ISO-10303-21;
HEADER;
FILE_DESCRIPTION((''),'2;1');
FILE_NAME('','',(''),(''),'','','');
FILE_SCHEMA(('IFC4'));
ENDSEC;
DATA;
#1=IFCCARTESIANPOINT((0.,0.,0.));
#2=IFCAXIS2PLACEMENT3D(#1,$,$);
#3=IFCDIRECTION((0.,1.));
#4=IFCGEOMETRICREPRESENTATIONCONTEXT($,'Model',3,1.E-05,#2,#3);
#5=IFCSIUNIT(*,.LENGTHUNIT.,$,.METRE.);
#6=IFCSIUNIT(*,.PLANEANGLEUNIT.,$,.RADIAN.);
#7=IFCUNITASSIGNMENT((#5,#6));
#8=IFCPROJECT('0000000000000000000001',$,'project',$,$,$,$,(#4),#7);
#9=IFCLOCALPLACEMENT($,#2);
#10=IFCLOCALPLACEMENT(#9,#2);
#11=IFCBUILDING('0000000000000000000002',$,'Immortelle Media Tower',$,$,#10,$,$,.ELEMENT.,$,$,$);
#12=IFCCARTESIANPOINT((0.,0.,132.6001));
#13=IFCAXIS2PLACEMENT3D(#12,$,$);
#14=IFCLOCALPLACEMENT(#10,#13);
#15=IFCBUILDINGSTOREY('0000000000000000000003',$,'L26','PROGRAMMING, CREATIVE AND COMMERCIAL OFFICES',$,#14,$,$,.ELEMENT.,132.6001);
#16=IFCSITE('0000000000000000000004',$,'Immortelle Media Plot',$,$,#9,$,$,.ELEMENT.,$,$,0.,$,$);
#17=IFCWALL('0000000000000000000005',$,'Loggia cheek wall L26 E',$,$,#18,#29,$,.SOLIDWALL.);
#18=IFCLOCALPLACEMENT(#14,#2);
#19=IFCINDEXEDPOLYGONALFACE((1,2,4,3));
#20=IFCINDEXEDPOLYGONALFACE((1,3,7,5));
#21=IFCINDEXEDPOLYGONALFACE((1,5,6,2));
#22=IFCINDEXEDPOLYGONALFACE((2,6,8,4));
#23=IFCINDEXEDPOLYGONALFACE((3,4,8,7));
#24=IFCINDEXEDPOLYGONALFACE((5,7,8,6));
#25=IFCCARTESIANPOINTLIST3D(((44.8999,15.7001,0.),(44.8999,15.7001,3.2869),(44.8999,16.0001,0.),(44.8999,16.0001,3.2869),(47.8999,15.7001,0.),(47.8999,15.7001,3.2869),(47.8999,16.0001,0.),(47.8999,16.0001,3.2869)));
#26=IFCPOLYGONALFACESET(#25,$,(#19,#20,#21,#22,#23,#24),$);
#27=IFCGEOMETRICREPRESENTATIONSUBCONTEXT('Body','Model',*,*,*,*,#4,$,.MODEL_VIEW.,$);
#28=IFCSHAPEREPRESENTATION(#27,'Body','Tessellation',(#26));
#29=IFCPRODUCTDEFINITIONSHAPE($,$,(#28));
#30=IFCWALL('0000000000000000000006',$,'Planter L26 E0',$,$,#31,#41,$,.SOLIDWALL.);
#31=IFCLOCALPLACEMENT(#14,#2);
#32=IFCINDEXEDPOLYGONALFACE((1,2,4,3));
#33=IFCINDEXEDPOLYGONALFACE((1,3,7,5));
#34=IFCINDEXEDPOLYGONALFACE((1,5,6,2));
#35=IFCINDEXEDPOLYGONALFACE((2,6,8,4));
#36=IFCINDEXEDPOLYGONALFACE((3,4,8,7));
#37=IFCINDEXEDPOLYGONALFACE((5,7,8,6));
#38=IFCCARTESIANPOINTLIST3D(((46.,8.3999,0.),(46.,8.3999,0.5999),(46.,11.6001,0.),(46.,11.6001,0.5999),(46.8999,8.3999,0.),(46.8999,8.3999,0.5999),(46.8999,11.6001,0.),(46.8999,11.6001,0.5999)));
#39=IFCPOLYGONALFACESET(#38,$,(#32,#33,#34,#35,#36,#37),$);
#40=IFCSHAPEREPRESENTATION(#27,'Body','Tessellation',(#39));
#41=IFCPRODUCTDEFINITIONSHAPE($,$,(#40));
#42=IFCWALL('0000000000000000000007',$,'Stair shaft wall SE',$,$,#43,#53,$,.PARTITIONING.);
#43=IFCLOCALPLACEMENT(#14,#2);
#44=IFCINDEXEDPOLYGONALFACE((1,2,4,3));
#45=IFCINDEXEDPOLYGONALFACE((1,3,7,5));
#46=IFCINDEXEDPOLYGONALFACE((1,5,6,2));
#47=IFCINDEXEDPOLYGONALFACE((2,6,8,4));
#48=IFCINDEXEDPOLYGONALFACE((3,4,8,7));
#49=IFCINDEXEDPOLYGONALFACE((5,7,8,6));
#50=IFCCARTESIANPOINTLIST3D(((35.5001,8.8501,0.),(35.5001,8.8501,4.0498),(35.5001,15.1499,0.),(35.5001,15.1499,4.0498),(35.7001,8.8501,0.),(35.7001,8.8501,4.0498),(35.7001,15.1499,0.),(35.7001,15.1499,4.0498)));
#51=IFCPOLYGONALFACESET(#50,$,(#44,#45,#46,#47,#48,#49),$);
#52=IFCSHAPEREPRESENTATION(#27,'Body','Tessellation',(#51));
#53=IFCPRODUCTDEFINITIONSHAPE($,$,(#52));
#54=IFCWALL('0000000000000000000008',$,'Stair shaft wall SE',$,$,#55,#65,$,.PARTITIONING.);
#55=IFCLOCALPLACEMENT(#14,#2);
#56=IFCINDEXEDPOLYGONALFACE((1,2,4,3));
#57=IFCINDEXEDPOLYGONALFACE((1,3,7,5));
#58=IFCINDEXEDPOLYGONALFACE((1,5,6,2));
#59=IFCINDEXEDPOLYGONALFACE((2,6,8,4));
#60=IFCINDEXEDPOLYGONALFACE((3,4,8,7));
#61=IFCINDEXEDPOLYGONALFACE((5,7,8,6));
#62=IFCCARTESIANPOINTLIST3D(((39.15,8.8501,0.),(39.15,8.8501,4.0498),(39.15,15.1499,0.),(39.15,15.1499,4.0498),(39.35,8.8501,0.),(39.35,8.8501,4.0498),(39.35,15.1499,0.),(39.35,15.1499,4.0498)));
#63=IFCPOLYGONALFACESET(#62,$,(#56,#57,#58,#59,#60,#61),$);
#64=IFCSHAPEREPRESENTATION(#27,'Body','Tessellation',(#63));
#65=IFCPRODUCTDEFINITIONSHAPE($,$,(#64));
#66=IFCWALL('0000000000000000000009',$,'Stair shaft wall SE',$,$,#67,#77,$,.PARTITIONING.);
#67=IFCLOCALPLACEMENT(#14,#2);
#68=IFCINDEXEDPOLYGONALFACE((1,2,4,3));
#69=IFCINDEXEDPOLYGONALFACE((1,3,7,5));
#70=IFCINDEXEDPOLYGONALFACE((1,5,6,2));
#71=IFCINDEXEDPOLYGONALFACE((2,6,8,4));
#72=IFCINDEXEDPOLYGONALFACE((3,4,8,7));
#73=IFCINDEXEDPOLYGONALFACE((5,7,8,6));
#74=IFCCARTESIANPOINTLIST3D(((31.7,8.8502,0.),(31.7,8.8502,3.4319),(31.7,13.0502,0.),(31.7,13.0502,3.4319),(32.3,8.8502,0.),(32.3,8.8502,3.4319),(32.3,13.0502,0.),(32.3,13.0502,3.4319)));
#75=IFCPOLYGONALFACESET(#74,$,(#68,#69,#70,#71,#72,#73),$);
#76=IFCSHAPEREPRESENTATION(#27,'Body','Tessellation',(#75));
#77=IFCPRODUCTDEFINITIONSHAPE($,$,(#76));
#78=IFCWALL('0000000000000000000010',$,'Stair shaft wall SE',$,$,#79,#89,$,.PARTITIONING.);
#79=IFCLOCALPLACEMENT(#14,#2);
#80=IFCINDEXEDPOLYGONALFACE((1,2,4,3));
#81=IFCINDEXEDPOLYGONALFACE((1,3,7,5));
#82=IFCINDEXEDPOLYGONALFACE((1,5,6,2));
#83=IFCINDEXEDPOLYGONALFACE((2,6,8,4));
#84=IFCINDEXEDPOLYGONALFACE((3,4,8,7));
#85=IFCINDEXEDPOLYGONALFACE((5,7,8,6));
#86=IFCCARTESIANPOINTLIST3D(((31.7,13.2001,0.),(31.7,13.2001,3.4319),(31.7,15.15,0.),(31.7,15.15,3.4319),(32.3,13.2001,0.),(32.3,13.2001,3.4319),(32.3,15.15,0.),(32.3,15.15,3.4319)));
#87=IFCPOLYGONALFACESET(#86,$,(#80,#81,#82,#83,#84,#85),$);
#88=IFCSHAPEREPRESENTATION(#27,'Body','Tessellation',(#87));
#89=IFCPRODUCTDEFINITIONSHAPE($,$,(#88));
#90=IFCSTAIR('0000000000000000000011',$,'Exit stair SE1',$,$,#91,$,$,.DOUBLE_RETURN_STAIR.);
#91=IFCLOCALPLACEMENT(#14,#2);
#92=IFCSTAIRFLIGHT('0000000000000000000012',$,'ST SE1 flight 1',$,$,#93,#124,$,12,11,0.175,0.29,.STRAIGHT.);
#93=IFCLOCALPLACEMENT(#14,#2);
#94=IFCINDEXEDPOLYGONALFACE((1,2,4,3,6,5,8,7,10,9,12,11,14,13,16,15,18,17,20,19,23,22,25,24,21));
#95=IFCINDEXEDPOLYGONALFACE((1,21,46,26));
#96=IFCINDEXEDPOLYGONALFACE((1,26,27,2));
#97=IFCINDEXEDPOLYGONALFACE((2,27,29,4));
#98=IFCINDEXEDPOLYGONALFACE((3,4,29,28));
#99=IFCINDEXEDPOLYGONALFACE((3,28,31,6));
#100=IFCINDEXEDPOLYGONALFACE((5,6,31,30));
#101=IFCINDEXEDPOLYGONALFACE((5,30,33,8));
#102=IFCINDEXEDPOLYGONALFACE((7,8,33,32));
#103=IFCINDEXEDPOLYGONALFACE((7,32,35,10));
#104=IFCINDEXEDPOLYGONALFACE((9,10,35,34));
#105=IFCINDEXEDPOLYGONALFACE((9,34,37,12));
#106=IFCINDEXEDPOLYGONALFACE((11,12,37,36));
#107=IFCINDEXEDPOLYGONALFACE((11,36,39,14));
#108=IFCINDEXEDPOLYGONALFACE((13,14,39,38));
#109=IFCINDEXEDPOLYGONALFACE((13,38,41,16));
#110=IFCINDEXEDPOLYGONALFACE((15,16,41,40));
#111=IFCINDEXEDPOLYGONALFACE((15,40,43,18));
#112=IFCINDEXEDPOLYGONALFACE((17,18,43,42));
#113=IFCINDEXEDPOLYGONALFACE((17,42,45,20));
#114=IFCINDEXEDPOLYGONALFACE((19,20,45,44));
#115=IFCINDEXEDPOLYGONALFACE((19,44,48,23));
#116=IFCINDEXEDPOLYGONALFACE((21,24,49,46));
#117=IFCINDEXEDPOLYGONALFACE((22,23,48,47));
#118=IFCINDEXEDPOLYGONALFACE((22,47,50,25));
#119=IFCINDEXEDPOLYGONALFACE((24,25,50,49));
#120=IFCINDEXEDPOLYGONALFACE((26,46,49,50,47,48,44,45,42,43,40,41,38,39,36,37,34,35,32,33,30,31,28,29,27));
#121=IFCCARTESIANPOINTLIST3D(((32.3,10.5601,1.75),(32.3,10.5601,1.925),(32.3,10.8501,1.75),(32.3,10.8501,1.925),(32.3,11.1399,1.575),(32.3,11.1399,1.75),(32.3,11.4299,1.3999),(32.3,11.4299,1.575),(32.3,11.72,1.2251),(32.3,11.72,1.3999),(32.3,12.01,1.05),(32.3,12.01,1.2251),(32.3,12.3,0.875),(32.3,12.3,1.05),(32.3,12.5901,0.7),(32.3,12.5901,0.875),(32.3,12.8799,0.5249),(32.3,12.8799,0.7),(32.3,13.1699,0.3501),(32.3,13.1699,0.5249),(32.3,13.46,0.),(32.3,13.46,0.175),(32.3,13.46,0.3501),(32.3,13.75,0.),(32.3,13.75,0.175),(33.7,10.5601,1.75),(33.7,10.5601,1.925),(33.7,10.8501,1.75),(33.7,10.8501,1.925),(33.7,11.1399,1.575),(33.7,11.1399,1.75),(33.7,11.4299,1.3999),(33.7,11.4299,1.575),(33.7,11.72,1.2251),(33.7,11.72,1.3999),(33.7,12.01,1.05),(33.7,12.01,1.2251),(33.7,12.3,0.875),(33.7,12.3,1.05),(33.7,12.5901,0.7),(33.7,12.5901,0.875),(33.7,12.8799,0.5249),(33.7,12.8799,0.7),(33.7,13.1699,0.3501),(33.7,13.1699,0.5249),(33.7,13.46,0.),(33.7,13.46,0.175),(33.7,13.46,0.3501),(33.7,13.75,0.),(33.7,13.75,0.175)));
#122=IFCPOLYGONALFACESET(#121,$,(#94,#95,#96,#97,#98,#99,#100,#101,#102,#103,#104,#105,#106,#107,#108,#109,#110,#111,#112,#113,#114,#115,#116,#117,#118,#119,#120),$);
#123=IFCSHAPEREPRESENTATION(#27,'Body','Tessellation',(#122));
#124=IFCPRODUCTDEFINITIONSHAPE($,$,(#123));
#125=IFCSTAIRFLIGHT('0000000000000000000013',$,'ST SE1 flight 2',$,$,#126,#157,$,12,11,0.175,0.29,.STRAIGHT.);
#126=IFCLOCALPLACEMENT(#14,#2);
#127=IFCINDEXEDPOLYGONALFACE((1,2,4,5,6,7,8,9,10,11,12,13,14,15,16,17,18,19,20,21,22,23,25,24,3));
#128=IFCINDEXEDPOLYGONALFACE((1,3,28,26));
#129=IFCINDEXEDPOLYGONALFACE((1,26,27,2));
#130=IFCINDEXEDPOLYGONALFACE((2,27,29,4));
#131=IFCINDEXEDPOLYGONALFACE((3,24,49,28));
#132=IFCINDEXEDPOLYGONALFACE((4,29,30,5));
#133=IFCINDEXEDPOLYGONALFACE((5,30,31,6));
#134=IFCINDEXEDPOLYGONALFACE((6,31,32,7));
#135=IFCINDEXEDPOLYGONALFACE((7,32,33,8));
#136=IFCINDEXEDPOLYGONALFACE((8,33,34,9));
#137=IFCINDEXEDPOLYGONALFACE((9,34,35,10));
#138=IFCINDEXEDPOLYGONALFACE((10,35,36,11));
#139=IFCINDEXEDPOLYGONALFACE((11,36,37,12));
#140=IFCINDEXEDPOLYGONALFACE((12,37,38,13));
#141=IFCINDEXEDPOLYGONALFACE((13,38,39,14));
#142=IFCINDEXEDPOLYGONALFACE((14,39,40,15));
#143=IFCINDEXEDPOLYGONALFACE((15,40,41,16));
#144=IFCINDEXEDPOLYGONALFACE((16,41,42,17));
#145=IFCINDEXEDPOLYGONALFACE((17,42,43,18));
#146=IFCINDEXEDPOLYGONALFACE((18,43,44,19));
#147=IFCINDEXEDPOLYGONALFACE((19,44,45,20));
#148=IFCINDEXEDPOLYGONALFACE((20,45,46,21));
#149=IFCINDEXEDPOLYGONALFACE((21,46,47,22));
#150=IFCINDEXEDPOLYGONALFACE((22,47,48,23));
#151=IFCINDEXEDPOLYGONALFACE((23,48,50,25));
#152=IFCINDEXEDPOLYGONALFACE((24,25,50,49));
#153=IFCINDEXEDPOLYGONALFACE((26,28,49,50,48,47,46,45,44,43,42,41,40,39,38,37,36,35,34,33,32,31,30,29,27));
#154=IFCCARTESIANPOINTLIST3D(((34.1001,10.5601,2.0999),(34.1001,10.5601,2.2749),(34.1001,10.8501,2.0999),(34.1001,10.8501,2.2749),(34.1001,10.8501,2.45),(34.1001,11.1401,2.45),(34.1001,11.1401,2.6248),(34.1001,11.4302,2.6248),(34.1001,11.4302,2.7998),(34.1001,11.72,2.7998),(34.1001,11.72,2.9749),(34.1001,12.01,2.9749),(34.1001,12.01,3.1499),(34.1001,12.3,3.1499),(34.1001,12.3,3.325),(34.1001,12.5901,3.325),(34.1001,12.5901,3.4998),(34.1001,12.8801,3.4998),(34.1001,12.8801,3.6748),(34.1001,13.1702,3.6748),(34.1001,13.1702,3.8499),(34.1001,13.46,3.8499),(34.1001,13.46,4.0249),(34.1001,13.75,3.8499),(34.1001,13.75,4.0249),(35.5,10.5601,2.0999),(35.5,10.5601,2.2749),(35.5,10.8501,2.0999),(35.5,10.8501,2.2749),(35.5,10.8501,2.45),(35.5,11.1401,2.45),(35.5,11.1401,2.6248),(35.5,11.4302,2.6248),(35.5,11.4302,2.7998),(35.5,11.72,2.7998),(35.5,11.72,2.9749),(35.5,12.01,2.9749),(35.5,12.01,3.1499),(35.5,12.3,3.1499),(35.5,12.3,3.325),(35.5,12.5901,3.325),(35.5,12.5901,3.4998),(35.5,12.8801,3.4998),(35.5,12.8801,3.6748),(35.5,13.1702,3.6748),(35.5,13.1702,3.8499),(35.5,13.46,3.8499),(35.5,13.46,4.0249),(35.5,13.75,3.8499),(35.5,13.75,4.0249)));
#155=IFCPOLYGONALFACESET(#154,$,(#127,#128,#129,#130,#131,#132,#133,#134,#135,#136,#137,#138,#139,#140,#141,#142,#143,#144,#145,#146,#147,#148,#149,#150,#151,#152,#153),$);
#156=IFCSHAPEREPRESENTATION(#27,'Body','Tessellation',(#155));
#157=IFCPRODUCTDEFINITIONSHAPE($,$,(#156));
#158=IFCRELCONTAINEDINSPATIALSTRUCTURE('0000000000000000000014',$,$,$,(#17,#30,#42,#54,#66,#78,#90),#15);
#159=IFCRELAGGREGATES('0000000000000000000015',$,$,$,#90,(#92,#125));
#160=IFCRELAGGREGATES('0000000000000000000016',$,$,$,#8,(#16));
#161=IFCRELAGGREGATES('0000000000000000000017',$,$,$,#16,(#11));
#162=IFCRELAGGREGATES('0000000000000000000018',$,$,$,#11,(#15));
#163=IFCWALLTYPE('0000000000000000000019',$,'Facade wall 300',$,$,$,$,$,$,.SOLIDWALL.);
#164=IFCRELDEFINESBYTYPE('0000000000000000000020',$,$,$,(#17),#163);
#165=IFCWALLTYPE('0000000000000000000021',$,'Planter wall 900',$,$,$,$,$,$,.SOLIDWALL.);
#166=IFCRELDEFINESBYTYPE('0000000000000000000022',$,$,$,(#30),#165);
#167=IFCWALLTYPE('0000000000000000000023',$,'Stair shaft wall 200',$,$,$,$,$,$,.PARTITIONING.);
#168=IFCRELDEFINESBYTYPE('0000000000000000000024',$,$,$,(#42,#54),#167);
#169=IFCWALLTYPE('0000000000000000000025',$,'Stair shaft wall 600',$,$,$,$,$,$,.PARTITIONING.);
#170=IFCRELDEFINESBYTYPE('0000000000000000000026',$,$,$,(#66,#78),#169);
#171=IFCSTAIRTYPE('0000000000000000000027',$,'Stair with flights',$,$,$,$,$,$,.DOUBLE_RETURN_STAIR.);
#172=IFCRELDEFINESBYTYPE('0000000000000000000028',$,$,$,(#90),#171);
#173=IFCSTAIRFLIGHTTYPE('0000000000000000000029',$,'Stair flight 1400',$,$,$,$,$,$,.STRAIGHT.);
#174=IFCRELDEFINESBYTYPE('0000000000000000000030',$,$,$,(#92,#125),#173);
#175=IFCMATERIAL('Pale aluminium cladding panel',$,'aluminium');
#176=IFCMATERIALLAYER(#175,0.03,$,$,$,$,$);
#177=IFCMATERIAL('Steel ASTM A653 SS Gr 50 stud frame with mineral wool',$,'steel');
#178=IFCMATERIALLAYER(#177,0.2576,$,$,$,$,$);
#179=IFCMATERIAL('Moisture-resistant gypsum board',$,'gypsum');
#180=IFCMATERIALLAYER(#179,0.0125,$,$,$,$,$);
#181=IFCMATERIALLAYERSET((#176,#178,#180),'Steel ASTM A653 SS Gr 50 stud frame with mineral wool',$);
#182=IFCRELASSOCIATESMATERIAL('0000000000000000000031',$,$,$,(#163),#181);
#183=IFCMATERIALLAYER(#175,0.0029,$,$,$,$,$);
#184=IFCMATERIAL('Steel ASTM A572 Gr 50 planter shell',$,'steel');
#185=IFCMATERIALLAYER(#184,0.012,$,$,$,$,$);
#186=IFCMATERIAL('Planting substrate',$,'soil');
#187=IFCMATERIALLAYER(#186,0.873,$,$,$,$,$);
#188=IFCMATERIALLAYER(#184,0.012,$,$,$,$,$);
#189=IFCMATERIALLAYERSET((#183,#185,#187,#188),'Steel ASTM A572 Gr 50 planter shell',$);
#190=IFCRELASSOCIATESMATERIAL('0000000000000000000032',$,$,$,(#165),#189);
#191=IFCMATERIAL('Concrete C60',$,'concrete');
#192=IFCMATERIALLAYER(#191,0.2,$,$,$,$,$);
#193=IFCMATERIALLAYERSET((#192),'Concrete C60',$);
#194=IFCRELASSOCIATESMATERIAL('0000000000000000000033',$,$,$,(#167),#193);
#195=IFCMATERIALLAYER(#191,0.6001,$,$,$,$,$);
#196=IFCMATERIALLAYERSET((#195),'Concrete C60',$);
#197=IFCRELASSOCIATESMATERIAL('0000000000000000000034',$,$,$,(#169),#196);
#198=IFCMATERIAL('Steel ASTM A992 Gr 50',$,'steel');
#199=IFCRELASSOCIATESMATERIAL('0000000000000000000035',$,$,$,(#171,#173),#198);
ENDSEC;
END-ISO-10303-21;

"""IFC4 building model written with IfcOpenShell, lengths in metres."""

from ifc_helpers import new_model, si_unit, direction, frame, frame_2d, origin, place, context, subcontext, project, spatial, polyline, rectangle, outline, extrude, material, layer, layer_set, type_object, element, aggregate, save


model = new_model("IFC4")

# Units and contexts
model_context = context("Model", 3, precision=1e-05, world=origin(), true_north=direction((0.0, 1.0)))
body_context = subcontext(model_context, "Body", "Model", "MODEL_VIEW")
ifc_project = project(units=[si_unit("LENGTHUNIT", "METRE"), si_unit("PLANEANGLEUNIT", "RADIAN")], contexts=[model_context])

# Site, building, storey
site_placement = place(None, origin())
site = spatial("IfcSite", under=ifc_project, at=site_placement, Name="Immortelle Media Plot", CompositionType="ELEMENT", RefElevation=0.0)
building_placement = place(site_placement, origin())
building = spatial("IfcBuilding", under=site, at=building_placement, Name="Immortelle Media Tower", CompositionType="ELEMENT")
storey_placement = place(building_placement, frame((0.0, 0.0, 132.6001)))
storey = spatial("IfcBuildingStorey", under=building, at=storey_placement, Name="L26", Description="PROGRAMMING, CREATIVE AND COMMERCIAL OFFICES", CompositionType="ELEMENT", Elevation=132.6001)

# Shared definitions
ifc_material_1 = material(Name="Steel ASTM A992 Gr 50", Category="steel")

# Shared definitions
ifc_material_2 = material(Name="Pale aluminium cladding panel", Category="aluminium")
ifc_layer_1 = layer(ifc_material_2, 0.03)
ifc_material_3 = material(Name="Steel ASTM A653 SS Gr 50 stud frame with mineral wool", Category="steel")
ifc_layer_2 = layer(ifc_material_3, 0.2576)
ifc_material_4 = material(Name="Moisture-resistant gypsum board", Category="gypsum")
ifc_layer_3 = layer(ifc_material_4, 0.0125)
ifc_layer_set_1 = layer_set([ifc_layer_1, ifc_layer_2, ifc_layer_3], Name="Steel ASTM A653 SS Gr 50 stud frame with mineral wool")
wall_type_1 = type_object("IfcWallType", Name="Facade wall 300", PredefinedType="SOLIDWALL", material=ifc_layer_set_1)

# Walls
for number, where, z_axis, x_axis, name in (
    (1, (47.8999, 15.8501, 0.0), (0.0, 0.0, 1.0), (-1.0, 0.0, 0.0), "Loggia cheek wall L26 E"),
):
    element("IfcWall", number, at=place(storey_placement, frame(where, z_axis=z_axis, x_axis=x_axis)), inside=storey, type_object=wall_type_1, Name=name, PredefinedType="SOLIDWALL", context=body_context, shape_type="SweptSolid", body=[
        extrude(rectangle(XDim=3.0, YDim=0.3, at=frame_2d((1.5, 0.0))), origin(), (0.0, 0.0, 1.0), 3.2869),
    ])
ifc_layer_4 = layer(ifc_material_2, 0.0029)
ifc_material_5 = material(Name="Steel ASTM A572 Gr 50 planter shell", Category="steel")
ifc_layer_5 = layer(ifc_material_5, 0.012)
ifc_material_6 = material(Name="Planting substrate", Category="soil")
ifc_layer_6 = layer(ifc_material_6, 0.873)
ifc_layer_7 = layer(ifc_material_5, 0.012)
ifc_layer_set_2 = layer_set([ifc_layer_4, ifc_layer_5, ifc_layer_6, ifc_layer_7], Name="Steel ASTM A572 Gr 50 planter shell")
wall_type_2 = type_object("IfcWallType", Name="Planter wall 900", PredefinedType="SOLIDWALL", material=ifc_layer_set_2)
wall_1_placement = place(storey_placement, frame((46.45, 8.3999, 0.0), z_axis=(0.0, 0.0, 1.0), x_axis=(0.0, 1.0, 0.0)))
element("IfcWall", 2, at=wall_1_placement, inside=storey, type_object=wall_type_2, Name="Planter L26 E0", PredefinedType="SOLIDWALL", context=body_context, shape_type="SweptSolid", body=[
    extrude(rectangle(XDim=3.2002, YDim=0.8999, at=frame_2d((1.6001, 0.0))), origin(), (0.0, 0.0, 1.0), 0.5999),
])
ifc_material_7 = material(Name="Concrete C60", Category="concrete")
ifc_layer_8 = layer(ifc_material_7, 0.2)
ifc_layer_set_3 = layer_set([ifc_layer_8], Name="Concrete C60")
wall_type_3 = type_object("IfcWallType", Name="Stair shaft wall 200", PredefinedType="PARTITIONING", material=ifc_layer_set_3)
for number, where, z_axis, x_axis, name in (
    (3, (35.6001, 8.8501, 0.0), (0.0, 0.0, 1.0), (0.0, 1.0, 0.0), "Stair shaft wall SE"),
    (4, (39.25, 8.8501, 0.0), (0.0, 0.0, 1.0), (0.0, 1.0, 0.0), "Stair shaft wall SE"),
):
    element("IfcWall", number, at=place(storey_placement, frame(where, z_axis=z_axis, x_axis=x_axis)), inside=storey, type_object=wall_type_3, Name=name, PredefinedType="PARTITIONING", context=body_context, shape_type="SweptSolid", body=[
        extrude(rectangle(XDim=6.2998, YDim=0.2, at=frame_2d((3.1499, 0.0))), origin(), (0.0, 0.0, 1.0), 4.0498),
    ])
ifc_layer_9 = layer(ifc_material_7, 0.6001)
ifc_layer_set_4 = layer_set([ifc_layer_9], Name="Concrete C60")
wall_type_4 = type_object("IfcWallType", Name="Stair shaft wall 600", PredefinedType="PARTITIONING", material=ifc_layer_set_4)
wall_2_placement = place(storey_placement, frame((32.0, 8.8501, 0.0), z_axis=(0.0, 0.0, 1.0), x_axis=(0.0, 1.0, 0.0)))
element("IfcWall", 5, at=wall_2_placement, inside=storey, type_object=wall_type_4, Name="Stair shaft wall SE", PredefinedType="PARTITIONING", context=body_context, shape_type="SweptSolid", body=[
    extrude(rectangle(XDim=4.2, YDim=0.6001, at=frame_2d((2.1001, 0.0))), origin(), (0.0, 0.0, 1.0), 3.4319),
])
wall_3_placement = place(storey_placement, frame((32.0, 13.2, 0.0), z_axis=(0.0, 0.0, 1.0), x_axis=(0.0, 1.0, 0.0)))
element("IfcWall", 6, at=wall_3_placement, inside=storey, type_object=wall_type_4, Name="Stair shaft wall SE", PredefinedType="PARTITIONING", context=body_context, shape_type="SweptSolid", body=[
    extrude(rectangle(XDim=1.95, YDim=0.6001, at=frame_2d((0.9751, 0.0))), origin(), (0.0, 0.0, 1.0), 3.4319),
])

# Stair, stair flights
stair_type = type_object("IfcStairType", Name="Stair with flights", PredefinedType="DOUBLE_RETURN_STAIR", material=ifc_material_1)
stair_1_placement = place(storey_placement, origin())
stair_1 = element("IfcStair", 7, at=stair_1_placement, inside=storey, type_object=stair_type, Name="Exit stair SE1", PredefinedType="DOUBLE_RETURN_STAIR")
stair_flight_type = type_object("IfcStairFlightType", Name="Stair flight 1400", PredefinedType="STRAIGHT", material=ifc_material_1)
stair_flight_1_placement = place(storey_placement, frame((33.0, 13.75, 0.0), z_axis=(0.0, 0.0, 1.0), x_axis=(0.0, -1.0, 0.0)))
stair_flight_1 = element("IfcStairFlight", 8, at=stair_flight_1_placement, type_object=stair_flight_type, Name="ST SE1 flight 1", NumberOfRisers=12, NumberOfTreads=11, PredefinedType="STRAIGHT", RiserHeight=0.175, TreadLength=0.29, context=body_context, shape_type="SweptSolid", body=[
    extrude(outline(polyline([(0.0, 0.0), (0.0, 0.175), (0.29, 0.175), (0.29, 0.3501), (0.5801, 0.3501), (0.5801, 0.5249), (0.8701, 0.5249), (0.8701, 0.7), (1.1599, 0.7), (1.1599, 0.875), (1.45, 0.875), (1.45, 1.05), (1.74, 1.05), (1.74, 1.2251), (2.03, 1.2251), (2.03, 1.3999), (2.3201, 1.3999), (2.3201, 1.575), (2.6101, 1.575), (2.6101, 1.75), (2.8999, 1.75), (2.8999, 1.925), (3.1899, 1.925), (3.1899, 2.1001), (3.1899, 1.75), (0.29, 0.0), (0.0, 0.0)])), frame((0.0, 0.7, 0.0), z_axis=(0.0, -1.0, 0.0), x_axis=(1.0, 0.0, 0.0)), (0.0, 0.0, 1.0), 1.3999),
])
stair_flight_2_placement = place(storey_placement, frame((34.8, 10.5601, 2.0999), z_axis=(0.0, 0.0, 1.0), x_axis=(0.0, 1.0, 0.0)))
stair_flight_2 = element("IfcStairFlight", 9, at=stair_flight_2_placement, type_object=stair_flight_type, Name="ST SE1 flight 2", NumberOfRisers=12, NumberOfTreads=11, PredefinedType="STRAIGHT", RiserHeight=0.175, TreadLength=0.29, context=body_context, shape_type="SweptSolid", body=[
    extrude(outline(polyline([(0.0, 0.0), (0.0, 0.175), (0.29, 0.175), (0.29, 0.3501), (0.5801, 0.3501), (0.5801, 0.5249), (0.8701, 0.5249), (0.8701, 0.7), (1.1599, 0.7), (1.1599, 0.875), (1.45, 0.875), (1.45, 1.05), (1.74, 1.05), (1.74, 1.2251), (2.03, 1.2251), (2.03, 1.3999), (2.3201, 1.3999), (2.3201, 1.575), (2.6101, 1.575), (2.6101, 1.75), (2.8999, 1.75), (2.8999, 1.925), (3.1899, 1.925), (3.1899, 2.1001), (3.1899, 1.75), (0.29, 0.0), (0.0, 0.0)])), frame((0.0, 0.7, 0.0), z_axis=(0.0, -1.0, 0.0), x_axis=(1.0, 0.0, 0.0)), (0.0, 0.0, 1.0), 1.3999),
])
aggregate(stair_1, [stair_flight_1, stair_flight_2])

save(model, "model.ifc")
